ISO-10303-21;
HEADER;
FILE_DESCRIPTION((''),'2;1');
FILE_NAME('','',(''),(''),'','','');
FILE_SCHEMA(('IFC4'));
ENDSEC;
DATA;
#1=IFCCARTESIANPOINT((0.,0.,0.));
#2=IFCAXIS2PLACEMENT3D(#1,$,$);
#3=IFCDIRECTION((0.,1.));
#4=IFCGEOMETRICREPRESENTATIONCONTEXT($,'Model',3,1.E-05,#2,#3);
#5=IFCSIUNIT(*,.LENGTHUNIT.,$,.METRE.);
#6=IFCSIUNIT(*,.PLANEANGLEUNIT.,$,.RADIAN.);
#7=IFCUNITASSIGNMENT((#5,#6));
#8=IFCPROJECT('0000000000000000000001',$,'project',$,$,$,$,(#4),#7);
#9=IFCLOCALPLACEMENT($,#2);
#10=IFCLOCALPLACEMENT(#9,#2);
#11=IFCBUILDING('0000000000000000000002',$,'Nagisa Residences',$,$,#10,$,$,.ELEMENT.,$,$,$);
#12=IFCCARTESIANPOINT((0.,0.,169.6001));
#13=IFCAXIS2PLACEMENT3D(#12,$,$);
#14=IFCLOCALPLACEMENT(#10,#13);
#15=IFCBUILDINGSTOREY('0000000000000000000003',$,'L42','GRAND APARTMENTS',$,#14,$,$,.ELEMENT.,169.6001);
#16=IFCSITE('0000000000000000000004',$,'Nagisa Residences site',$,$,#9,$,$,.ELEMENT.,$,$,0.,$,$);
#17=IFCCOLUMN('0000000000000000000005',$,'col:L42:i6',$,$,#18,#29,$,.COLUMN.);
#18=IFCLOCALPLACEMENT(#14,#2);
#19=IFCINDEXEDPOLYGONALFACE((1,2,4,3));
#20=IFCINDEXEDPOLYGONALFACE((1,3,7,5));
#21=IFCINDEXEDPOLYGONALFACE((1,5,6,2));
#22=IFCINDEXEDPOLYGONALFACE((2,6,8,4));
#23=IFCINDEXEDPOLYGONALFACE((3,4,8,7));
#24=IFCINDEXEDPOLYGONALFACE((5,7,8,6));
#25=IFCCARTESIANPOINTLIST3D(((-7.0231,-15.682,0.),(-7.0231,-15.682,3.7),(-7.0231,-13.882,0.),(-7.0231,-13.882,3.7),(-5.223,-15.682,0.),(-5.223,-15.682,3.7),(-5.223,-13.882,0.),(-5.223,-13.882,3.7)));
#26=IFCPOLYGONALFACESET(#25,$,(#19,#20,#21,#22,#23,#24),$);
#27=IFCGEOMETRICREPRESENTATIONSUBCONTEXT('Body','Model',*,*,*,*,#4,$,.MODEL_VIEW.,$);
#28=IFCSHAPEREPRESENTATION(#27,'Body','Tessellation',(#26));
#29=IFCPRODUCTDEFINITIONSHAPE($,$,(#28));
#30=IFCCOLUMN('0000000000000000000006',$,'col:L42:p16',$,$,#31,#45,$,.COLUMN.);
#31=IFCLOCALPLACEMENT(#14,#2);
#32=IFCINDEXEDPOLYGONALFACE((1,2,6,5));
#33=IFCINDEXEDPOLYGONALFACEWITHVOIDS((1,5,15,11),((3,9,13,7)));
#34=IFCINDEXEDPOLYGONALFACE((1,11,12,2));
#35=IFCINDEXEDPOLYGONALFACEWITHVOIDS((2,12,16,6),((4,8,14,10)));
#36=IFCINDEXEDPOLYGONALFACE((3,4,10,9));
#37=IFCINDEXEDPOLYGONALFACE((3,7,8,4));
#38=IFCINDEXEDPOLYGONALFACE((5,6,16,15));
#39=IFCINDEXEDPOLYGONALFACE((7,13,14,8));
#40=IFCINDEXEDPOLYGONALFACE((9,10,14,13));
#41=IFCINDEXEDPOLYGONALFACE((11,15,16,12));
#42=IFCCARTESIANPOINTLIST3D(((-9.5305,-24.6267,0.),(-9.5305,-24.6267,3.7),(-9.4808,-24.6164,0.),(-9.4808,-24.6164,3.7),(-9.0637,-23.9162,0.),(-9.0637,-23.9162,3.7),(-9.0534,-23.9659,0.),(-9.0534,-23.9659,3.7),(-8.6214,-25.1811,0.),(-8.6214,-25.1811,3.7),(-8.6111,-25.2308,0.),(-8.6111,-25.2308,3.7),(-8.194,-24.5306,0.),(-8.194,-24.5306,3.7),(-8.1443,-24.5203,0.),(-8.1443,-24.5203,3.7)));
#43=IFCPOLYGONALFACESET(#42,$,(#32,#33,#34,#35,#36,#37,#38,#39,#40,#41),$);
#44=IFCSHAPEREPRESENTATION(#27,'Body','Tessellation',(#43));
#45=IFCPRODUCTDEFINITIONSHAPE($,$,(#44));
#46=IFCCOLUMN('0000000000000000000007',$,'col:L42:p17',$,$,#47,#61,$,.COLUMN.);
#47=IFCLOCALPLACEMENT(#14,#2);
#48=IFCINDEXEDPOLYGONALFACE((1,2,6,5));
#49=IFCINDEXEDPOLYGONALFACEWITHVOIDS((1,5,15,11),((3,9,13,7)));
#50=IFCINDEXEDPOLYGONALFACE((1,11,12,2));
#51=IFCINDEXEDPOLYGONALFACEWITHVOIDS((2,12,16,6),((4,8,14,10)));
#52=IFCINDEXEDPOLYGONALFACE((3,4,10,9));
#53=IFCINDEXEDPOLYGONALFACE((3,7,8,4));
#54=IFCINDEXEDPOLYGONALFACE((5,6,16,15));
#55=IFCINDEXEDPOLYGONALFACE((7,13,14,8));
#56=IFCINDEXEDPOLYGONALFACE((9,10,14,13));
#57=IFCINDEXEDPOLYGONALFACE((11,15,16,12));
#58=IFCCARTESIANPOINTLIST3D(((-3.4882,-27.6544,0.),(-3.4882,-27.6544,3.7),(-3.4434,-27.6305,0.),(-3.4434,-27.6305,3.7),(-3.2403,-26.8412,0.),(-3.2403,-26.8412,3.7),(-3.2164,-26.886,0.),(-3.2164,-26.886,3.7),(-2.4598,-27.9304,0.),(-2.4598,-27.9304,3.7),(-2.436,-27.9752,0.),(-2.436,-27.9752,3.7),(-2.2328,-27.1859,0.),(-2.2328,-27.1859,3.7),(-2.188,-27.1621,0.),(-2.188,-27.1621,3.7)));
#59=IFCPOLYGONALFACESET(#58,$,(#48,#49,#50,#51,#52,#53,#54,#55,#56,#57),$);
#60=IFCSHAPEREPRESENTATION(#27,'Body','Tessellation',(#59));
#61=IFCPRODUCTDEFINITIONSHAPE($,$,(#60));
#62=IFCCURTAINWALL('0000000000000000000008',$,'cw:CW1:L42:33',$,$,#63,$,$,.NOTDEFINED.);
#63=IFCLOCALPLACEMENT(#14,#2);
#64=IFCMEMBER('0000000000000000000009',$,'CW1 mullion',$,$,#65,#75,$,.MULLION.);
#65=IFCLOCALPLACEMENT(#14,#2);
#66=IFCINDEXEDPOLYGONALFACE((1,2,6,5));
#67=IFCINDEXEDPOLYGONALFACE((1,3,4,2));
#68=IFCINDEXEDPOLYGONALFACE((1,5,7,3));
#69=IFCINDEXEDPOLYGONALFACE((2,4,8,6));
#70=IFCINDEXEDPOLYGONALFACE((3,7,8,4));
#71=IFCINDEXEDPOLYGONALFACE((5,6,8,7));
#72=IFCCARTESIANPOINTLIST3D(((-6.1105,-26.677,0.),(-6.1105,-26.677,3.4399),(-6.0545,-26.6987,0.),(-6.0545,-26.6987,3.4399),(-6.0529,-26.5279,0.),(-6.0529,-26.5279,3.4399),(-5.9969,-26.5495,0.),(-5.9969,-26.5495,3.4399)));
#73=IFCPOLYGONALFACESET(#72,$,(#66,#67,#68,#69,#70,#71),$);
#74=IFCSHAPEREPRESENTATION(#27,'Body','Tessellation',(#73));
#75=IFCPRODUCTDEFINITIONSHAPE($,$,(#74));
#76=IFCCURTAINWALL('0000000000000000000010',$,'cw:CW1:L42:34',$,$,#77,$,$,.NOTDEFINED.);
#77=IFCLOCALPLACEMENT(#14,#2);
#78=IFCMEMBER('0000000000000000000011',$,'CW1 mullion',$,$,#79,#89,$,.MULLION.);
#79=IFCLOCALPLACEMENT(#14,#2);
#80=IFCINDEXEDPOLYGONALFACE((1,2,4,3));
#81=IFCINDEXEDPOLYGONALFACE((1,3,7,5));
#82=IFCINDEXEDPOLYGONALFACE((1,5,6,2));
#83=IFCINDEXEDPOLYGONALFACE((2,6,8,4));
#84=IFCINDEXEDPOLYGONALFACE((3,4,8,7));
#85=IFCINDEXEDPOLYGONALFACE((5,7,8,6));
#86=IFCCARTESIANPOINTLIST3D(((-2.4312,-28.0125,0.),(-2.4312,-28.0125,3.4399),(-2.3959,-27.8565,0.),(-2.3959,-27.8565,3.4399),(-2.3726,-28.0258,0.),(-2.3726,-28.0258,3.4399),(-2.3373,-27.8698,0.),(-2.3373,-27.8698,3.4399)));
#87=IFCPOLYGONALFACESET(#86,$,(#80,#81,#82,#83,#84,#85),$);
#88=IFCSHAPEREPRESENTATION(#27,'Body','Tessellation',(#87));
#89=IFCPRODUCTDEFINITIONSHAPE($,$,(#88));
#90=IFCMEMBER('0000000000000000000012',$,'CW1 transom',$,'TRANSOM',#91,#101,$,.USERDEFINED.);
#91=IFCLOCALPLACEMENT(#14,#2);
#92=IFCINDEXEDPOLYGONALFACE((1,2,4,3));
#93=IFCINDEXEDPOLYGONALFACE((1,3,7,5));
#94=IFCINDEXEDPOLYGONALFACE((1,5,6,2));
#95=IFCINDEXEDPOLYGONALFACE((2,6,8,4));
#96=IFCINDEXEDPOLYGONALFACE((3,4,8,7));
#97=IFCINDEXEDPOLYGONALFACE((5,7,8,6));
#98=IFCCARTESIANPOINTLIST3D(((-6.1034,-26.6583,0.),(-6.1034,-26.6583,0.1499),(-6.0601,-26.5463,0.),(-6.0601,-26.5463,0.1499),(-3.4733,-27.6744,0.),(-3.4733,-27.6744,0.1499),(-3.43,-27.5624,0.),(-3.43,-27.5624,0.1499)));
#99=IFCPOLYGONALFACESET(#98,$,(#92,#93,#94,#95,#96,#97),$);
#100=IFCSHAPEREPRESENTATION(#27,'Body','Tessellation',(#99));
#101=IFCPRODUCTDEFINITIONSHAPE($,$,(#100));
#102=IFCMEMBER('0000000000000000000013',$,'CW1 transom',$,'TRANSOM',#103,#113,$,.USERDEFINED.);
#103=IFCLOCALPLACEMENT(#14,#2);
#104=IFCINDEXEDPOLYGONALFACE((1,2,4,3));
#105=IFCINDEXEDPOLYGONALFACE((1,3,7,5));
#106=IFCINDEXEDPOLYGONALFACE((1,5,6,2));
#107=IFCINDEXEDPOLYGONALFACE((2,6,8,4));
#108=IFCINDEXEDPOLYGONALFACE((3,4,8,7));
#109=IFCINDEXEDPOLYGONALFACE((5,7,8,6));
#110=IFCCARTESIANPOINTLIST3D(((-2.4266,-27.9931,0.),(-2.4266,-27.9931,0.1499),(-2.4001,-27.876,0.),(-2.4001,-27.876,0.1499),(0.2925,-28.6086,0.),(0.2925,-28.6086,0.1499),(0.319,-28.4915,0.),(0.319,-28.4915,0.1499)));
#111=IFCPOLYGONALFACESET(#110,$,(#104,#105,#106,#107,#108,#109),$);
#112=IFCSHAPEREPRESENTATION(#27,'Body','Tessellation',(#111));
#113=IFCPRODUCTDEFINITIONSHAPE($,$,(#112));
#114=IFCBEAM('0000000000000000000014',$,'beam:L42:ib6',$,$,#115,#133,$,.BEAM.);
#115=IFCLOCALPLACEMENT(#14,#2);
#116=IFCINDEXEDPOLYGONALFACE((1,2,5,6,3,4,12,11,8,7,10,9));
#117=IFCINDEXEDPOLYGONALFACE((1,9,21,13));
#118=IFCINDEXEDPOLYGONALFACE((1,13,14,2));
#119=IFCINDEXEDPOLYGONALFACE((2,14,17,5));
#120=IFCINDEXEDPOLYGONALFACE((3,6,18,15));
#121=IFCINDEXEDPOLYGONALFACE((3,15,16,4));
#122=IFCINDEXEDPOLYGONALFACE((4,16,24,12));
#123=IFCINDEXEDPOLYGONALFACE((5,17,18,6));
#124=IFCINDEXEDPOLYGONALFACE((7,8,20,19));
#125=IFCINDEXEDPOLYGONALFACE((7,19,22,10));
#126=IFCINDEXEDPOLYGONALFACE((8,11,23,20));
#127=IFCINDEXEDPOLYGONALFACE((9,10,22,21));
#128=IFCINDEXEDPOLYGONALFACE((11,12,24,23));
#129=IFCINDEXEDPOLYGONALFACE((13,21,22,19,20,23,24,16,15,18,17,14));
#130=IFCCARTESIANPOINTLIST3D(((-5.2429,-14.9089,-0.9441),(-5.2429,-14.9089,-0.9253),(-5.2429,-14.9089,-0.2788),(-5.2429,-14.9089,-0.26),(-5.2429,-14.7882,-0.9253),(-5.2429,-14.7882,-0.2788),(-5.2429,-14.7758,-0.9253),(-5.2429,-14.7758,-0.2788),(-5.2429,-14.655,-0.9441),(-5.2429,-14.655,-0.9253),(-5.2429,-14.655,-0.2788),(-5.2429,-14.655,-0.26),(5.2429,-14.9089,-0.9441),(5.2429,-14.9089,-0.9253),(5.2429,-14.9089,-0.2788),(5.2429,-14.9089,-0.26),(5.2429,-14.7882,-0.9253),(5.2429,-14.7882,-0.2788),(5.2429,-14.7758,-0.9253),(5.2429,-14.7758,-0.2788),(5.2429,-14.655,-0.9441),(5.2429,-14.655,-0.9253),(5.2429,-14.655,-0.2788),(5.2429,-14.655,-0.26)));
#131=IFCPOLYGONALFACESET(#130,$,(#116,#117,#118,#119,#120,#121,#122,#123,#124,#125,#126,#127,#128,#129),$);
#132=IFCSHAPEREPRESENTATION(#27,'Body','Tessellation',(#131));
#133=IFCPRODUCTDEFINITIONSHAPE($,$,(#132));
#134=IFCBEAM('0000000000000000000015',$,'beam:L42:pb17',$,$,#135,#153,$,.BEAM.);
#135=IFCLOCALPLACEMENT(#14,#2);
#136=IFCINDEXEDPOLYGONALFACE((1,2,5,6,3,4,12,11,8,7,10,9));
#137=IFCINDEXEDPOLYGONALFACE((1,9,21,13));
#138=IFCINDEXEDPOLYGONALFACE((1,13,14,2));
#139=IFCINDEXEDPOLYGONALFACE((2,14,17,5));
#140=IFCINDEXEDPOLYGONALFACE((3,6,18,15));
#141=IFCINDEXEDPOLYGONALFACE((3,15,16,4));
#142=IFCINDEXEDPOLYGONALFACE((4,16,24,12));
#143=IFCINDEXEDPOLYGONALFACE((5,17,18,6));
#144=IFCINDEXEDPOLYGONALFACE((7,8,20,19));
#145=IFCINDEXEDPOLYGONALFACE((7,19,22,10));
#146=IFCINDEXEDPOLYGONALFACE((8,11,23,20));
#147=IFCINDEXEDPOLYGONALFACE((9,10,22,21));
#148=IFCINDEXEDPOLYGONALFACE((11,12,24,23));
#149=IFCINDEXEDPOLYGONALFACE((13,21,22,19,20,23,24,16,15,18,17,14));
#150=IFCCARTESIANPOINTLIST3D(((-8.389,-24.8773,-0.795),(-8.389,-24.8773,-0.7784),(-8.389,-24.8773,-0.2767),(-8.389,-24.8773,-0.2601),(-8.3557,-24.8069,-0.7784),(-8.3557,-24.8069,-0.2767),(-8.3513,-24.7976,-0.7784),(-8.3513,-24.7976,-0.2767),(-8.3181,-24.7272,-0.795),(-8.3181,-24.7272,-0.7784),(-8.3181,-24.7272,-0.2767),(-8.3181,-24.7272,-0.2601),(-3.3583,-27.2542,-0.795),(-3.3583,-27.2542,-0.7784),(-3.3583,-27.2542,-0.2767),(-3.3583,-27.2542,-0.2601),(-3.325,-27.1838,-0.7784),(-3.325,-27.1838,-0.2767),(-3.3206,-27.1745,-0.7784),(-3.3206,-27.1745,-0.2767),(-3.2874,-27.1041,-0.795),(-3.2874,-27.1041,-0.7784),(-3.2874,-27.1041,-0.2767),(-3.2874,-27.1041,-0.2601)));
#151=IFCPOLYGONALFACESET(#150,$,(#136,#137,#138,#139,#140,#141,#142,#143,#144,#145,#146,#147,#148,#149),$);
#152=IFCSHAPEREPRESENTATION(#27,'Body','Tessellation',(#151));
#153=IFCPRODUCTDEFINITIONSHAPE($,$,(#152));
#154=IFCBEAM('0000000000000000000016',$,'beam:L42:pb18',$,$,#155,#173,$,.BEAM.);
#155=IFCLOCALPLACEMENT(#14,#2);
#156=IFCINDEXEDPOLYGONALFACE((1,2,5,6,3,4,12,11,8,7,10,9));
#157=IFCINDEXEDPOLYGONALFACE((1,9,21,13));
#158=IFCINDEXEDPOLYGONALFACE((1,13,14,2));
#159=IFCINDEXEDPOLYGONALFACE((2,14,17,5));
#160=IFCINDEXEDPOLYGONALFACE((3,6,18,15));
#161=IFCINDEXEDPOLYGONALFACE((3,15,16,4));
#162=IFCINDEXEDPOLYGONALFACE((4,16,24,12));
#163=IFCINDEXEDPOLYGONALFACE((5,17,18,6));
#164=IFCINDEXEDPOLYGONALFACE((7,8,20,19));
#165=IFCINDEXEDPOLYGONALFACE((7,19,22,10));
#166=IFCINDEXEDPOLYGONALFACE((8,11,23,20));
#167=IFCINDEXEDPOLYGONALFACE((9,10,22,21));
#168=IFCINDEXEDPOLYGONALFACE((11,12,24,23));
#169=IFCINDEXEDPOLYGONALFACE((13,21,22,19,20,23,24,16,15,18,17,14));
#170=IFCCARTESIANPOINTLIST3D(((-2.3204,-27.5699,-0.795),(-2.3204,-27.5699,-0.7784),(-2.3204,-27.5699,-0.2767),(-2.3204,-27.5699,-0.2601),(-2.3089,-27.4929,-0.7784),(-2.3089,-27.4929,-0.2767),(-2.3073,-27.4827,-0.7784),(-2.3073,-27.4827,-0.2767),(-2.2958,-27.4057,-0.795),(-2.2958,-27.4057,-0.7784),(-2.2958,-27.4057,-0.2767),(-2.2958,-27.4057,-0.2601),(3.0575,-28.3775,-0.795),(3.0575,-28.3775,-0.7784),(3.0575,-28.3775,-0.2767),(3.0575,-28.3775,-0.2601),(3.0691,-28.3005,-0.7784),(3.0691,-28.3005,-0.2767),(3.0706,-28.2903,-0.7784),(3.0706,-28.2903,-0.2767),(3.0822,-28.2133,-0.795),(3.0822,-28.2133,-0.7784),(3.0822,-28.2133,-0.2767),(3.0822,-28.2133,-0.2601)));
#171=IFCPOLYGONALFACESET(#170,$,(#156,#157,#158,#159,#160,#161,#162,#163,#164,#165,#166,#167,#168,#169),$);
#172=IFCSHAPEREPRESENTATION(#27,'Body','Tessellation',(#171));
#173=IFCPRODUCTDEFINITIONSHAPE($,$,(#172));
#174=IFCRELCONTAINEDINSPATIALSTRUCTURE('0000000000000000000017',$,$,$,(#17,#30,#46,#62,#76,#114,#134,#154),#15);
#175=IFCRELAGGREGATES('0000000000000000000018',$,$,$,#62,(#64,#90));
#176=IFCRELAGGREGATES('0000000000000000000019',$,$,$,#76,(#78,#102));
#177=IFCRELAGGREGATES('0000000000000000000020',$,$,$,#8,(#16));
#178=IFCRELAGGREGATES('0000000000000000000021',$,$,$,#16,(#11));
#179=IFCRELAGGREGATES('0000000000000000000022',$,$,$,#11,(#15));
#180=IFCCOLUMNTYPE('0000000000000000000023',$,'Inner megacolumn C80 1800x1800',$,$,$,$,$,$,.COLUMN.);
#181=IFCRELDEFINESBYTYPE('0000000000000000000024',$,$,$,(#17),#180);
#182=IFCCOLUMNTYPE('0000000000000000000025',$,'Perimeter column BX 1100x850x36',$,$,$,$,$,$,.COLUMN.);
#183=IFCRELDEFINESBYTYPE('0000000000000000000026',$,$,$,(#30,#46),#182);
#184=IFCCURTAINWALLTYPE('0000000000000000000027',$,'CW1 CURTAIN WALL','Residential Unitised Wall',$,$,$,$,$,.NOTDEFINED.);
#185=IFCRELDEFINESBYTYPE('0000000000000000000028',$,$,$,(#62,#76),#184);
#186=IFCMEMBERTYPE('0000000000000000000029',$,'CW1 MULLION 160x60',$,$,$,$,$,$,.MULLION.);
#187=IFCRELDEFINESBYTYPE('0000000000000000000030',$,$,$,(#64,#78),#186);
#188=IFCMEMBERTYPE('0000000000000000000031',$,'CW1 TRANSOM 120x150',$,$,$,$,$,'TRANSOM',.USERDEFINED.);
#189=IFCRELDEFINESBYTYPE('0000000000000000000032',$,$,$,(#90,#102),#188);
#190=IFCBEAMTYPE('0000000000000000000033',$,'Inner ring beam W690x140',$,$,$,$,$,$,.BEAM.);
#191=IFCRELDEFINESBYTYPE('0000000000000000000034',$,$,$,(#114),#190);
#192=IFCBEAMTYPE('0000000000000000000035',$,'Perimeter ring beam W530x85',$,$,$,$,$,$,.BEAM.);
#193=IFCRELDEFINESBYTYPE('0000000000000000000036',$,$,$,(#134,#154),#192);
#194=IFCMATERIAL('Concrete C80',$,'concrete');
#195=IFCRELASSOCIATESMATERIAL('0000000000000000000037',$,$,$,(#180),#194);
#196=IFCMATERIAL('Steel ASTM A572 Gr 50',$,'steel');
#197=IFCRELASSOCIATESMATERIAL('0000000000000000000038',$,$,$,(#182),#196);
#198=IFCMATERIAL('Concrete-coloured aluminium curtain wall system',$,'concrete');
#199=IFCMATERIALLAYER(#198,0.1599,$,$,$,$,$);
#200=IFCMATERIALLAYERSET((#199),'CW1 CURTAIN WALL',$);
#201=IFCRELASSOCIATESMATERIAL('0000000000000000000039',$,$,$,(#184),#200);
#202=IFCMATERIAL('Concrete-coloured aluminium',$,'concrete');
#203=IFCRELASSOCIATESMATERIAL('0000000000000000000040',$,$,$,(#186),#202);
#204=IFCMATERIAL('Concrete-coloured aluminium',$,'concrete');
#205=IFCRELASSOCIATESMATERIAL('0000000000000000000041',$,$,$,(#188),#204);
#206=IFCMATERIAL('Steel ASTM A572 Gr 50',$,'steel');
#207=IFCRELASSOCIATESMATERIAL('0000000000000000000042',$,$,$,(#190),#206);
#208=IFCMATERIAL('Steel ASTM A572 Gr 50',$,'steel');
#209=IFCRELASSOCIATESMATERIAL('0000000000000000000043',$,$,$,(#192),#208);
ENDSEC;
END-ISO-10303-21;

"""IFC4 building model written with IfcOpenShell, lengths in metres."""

from ifc_helpers import new_model, si_unit, direction, frame, origin, origin_2d, place, context, subcontext, project, spatial, rectangle, hollow_rectangle, i_section, extrude, material, layer, layer_set, material_profile, profile_set, type_object, element, aggregate, save


model = new_model("IFC4")

# Units and contexts
model_context = context("Model", 3, precision=1e-05, world=origin(), true_north=direction((0.0, 1.0)))
body_context = subcontext(model_context, "Body", "Model", "MODEL_VIEW")
ifc_project = project(units=[si_unit("LENGTHUNIT", "METRE"), si_unit("PLANEANGLEUNIT", "RADIAN")], contexts=[model_context])

# Site, building, storey
site_placement = place(None, origin())
site = spatial("IfcSite", under=ifc_project, at=site_placement, Name="Nagisa Residences site", CompositionType="ELEMENT", RefElevation=0.0)
building_placement = place(site_placement, origin())
building = spatial("IfcBuilding", under=site, at=building_placement, Name="Nagisa Residences", CompositionType="ELEMENT")
storey_placement = place(building_placement, frame((0.0, 0.0, 169.6001)))
storey = spatial("IfcBuildingStorey", under=building, at=storey_placement, Name="L42", Description="GRAND APARTMENTS", CompositionType="ELEMENT", Elevation=169.6001)

# Columns
ifc_material_1 = material(Name="Concrete C80", Category="concrete")
ifc_material_profile_1 = material_profile(ifc_material_1, rectangle(XDim=1.8, YDim=1.8, at=origin_2d()), Name="C80 1800x1800")
ifc_profile_set_1 = profile_set([ifc_material_profile_1], Name="Concrete C80")
column_type_1 = type_object("IfcColumnType", Name="Inner megacolumn C80 1800x1800", PredefinedType="COLUMN", material=ifc_profile_set_1)
column_placement = place(storey_placement, frame((-6.123, -14.782, 0.0), z_axis=(0.0, 0.0, 1.0), x_axis=(1.0, 0.0, 0.0)))
element("IfcColumn", 1, at=column_placement, inside=storey, type_object=column_type_1, Name="col:L42:i6", PredefinedType="COLUMN", context=body_context, shape_type="SweptSolid", body=[
    extrude(rectangle(XDim=1.8, YDim=1.8, at=origin_2d()), origin(), (0.0, 0.0, 1.0), 3.7),
])
ifc_material_2 = material(Name="Steel ASTM A572 Gr 50", Category="steel")
ifc_material_profile_2 = material_profile(ifc_material_2, hollow_rectangle(XDim=1.1001, YDim=0.8501, WallThickness=0.0359, at=origin_2d()), Name="BX 1100x850x36")
ifc_profile_set_2 = profile_set([ifc_material_profile_2], Name="Steel ASTM A572 Gr 50")
column_type_2 = type_object("IfcColumnType", Name="Perimeter column BX 1100x850x36", PredefinedType="COLUMN", material=ifc_profile_set_2)
for number, where, z_axis, x_axis, name in (
    (2, (-8.8374, -24.5735, 0.0), (0.0, 0.0, 1.0), (0.835766, -0.549086, 0.0), "col:L42:p16"),
    (3, (-2.8381, -27.4082, 0.0), (0.0, 0.0, 1.0), (0.956525, -0.291652, 0.0), "col:L42:p17"),
):
    element("IfcColumn", number, at=place(storey_placement, frame(where, z_axis=z_axis, x_axis=x_axis)), inside=storey, type_object=column_type_2, Name=name, PredefinedType="COLUMN", context=body_context, shape_type="SweptSolid", body=[
        extrude(hollow_rectangle(XDim=1.1001, YDim=0.8501, WallThickness=0.0359, at=origin_2d()), origin(), (0.0, 0.0, 1.0), 3.7),
    ])

# Curtain walls, members
ifc_material_3 = material(Name="Concrete-coloured aluminium curtain wall system", Category="concrete")
ifc_layer_1 = layer(ifc_material_3, 0.1599)
ifc_layer_set_1 = layer_set([ifc_layer_1], Name="CW1 CURTAIN WALL")
curtain_wall_type = type_object("IfcCurtainWallType", Name="CW1 CURTAIN WALL", Description="Residential Unitised Wall", PredefinedType="NOTDEFINED", material=ifc_layer_set_1)
curtain_wall_1_placement = place(storey_placement, origin())
curtain_wall_1 = element("IfcCurtainWall", 4, at=curtain_wall_1_placement, inside=storey, type_object=curtain_wall_type, Name="cw:CW1:L42:33", PredefinedType="NOTDEFINED")
ifc_material_4 = material(Name="Concrete-coloured aluminium", Category="concrete")
ifc_material_profile_3 = material_profile(ifc_material_4, rectangle(XDim=0.1599, YDim=0.0601, at=origin_2d()), Name="CW1 MULLION 160x60")
ifc_profile_set_3 = profile_set([ifc_material_profile_3], Name="Concrete-coloured aluminium")
member_type_1 = type_object("IfcMemberType", Name="CW1 MULLION 160x60", PredefinedType="MULLION", material=ifc_profile_set_3)
member_1_placement = place(storey_placement, frame((-6.0537, -26.6133, 0.0), z_axis=(0.0, 0.0, 1.0), x_axis=(0.360328, 0.932826, 0.0)))
member_1 = element("IfcMember", 5, at=member_1_placement, type_object=member_type_1, Name="CW1 mullion", PredefinedType="MULLION", context=body_context, shape_type="SweptSolid", body=[
    extrude(rectangle(XDim=0.1599, YDim=0.0601, at=origin_2d()), origin(), (0.0, 0.0, 1.0), 3.4399),
])
curtain_wall_2_placement = place(storey_placement, origin())
curtain_wall_2 = element("IfcCurtainWall", 6, at=curtain_wall_2_placement, inside=storey, type_object=curtain_wall_type, Name="cw:CW1:L42:34", PredefinedType="NOTDEFINED")
member_2_placement = place(storey_placement, frame((-2.3843, -27.9412, 0.0), z_axis=(0.0, 0.0, 1.0), x_axis=(0.220764, 0.975327, 0.0)))
member_2 = element("IfcMember", 7, at=member_2_placement, type_object=member_type_1, Name="CW1 mullion", PredefinedType="MULLION", context=body_context, shape_type="SweptSolid", body=[
    extrude(rectangle(XDim=0.1599, YDim=0.0601, at=origin_2d()), origin(), (0.0, 0.0, 1.0), 3.4399),
])

# Members
ifc_material_5 = material(Name="Concrete-coloured aluminium", Category="concrete")
ifc_material_profile_4 = material_profile(ifc_material_5, rectangle(XDim=0.1201, YDim=0.1499, at=origin_2d()), Name="CW1 TRANSOM 120x150")
ifc_profile_set_4 = profile_set([ifc_material_profile_4], Name="Concrete-coloured aluminium")
member_type_2 = type_object("IfcMemberType", Name="CW1 TRANSOM 120x150", ElementType="TRANSOM", PredefinedType="USERDEFINED", material=ifc_profile_set_4)
member_3_placement = place(storey_placement, frame((-6.0818, -26.6023, 0.075), z_axis=(0.932807, -0.360377, 0.0), x_axis=(0.360377, 0.932807, 0.0)))
member_3 = element("IfcMember", 8, at=member_3_placement, type_object=member_type_2, Name="CW1 transom", ObjectType="TRANSOM", PredefinedType="USERDEFINED", context=body_context, shape_type="SweptSolid", body=[
    extrude(rectangle(XDim=0.1201, YDim=0.1499, at=origin_2d()), origin(), (0.0, 0.0, 1.0), 2.8196),
])
member_4_placement = place(storey_placement, frame((-2.4133, -27.9346, 0.075), z_axis=(0.975324, -0.220777, 0.0), x_axis=(0.220777, 0.975324, 0.0)))
member_4 = element("IfcMember", 9, at=member_4_placement, type_object=member_type_2, Name="CW1 transom", ObjectType="TRANSOM", PredefinedType="USERDEFINED", context=body_context, shape_type="SweptSolid", body=[
    extrude(rectangle(XDim=0.1201, YDim=0.1499, at=origin_2d()), origin(), (0.0, 0.0, 1.0), 2.7878),
])

# Beams
ifc_material_6 = material(Name="Steel ASTM A572 Gr 50", Category="steel")
ifc_material_profile_5 = material_profile(ifc_material_6, i_section(OverallWidth=0.2539, OverallDepth=0.6841, WebThickness=0.0125, FlangeThickness=0.0188, at=origin_2d()), Name="W690x140")
ifc_profile_set_5 = profile_set([ifc_material_profile_5], Name="Steel ASTM A572 Gr 50")
beam_type_1 = type_object("IfcBeamType", Name="Inner ring beam W690x140", PredefinedType="BEAM", material=ifc_profile_set_5)
beam_1_placement = place(storey_placement, frame((-5.2429, -14.782, -0.6021), z_axis=(1.0, 0.0, 0.0), x_axis=(0.0, 1.0, 0.0)))
element("IfcBeam", 10, at=beam_1_placement, inside=storey, type_object=beam_type_1, Name="beam:L42:ib6", PredefinedType="BEAM", context=body_context, shape_type="SweptSolid", body=[
    extrude(i_section(OverallWidth=0.2539, OverallDepth=0.6841, WebThickness=0.0125, FlangeThickness=0.0188, at=origin_2d()), origin(), (0.0, 0.0, 1.0), 10.4858),
])
ifc_material_7 = material(Name="Steel ASTM A572 Gr 50", Category="steel")
ifc_material_profile_6 = material_profile(ifc_material_7, i_section(OverallWidth=0.166, OverallDepth=0.5349, WebThickness=0.0103, FlangeThickness=0.0166, at=origin_2d()), Name="W530x85")
ifc_profile_set_6 = profile_set([ifc_material_profile_6], Name="Steel ASTM A572 Gr 50")
beam_type_2 = type_object("IfcBeamType", Name="Perimeter ring beam W530x85", PredefinedType="BEAM", material=ifc_profile_set_6)
beam_2_placement = place(storey_placement, frame((-8.3535, -24.8022, -0.5276), z_axis=(0.904157, -0.4272, 0.0), x_axis=(0.4272, 0.904157, 0.0)))
element("IfcBeam", 11, at=beam_2_placement, inside=storey, type_object=beam_type_2, Name="beam:L42:pb17", PredefinedType="BEAM", context=body_context, shape_type="SweptSolid", body=[
    extrude(i_section(OverallWidth=0.166, OverallDepth=0.5349, WebThickness=0.0103, FlangeThickness=0.0166, at=origin_2d()), origin(), (0.0, 0.0, 1.0), 5.564),
])
beam_3_placement = place(storey_placement, frame((-2.3081, -27.4878, -0.5276), z_axis=(0.988911, -0.148507, 0.0), x_axis=(0.148507, 0.988911, 0.0)))
element("IfcBeam", 12, at=beam_3_placement, inside=storey, type_object=beam_type_2, Name="beam:L42:pb18", PredefinedType="BEAM", context=body_context, shape_type="SweptSolid", body=[
    extrude(i_section(OverallWidth=0.166, OverallDepth=0.5349, WebThickness=0.0103, FlangeThickness=0.0166, at=origin_2d()), origin(), (0.0, 0.0, 1.0), 5.4382),
])

aggregate(curtain_wall_1, [member_1, member_3])
aggregate(curtain_wall_2, [member_2, member_4])

save(model, "model.ifc")
